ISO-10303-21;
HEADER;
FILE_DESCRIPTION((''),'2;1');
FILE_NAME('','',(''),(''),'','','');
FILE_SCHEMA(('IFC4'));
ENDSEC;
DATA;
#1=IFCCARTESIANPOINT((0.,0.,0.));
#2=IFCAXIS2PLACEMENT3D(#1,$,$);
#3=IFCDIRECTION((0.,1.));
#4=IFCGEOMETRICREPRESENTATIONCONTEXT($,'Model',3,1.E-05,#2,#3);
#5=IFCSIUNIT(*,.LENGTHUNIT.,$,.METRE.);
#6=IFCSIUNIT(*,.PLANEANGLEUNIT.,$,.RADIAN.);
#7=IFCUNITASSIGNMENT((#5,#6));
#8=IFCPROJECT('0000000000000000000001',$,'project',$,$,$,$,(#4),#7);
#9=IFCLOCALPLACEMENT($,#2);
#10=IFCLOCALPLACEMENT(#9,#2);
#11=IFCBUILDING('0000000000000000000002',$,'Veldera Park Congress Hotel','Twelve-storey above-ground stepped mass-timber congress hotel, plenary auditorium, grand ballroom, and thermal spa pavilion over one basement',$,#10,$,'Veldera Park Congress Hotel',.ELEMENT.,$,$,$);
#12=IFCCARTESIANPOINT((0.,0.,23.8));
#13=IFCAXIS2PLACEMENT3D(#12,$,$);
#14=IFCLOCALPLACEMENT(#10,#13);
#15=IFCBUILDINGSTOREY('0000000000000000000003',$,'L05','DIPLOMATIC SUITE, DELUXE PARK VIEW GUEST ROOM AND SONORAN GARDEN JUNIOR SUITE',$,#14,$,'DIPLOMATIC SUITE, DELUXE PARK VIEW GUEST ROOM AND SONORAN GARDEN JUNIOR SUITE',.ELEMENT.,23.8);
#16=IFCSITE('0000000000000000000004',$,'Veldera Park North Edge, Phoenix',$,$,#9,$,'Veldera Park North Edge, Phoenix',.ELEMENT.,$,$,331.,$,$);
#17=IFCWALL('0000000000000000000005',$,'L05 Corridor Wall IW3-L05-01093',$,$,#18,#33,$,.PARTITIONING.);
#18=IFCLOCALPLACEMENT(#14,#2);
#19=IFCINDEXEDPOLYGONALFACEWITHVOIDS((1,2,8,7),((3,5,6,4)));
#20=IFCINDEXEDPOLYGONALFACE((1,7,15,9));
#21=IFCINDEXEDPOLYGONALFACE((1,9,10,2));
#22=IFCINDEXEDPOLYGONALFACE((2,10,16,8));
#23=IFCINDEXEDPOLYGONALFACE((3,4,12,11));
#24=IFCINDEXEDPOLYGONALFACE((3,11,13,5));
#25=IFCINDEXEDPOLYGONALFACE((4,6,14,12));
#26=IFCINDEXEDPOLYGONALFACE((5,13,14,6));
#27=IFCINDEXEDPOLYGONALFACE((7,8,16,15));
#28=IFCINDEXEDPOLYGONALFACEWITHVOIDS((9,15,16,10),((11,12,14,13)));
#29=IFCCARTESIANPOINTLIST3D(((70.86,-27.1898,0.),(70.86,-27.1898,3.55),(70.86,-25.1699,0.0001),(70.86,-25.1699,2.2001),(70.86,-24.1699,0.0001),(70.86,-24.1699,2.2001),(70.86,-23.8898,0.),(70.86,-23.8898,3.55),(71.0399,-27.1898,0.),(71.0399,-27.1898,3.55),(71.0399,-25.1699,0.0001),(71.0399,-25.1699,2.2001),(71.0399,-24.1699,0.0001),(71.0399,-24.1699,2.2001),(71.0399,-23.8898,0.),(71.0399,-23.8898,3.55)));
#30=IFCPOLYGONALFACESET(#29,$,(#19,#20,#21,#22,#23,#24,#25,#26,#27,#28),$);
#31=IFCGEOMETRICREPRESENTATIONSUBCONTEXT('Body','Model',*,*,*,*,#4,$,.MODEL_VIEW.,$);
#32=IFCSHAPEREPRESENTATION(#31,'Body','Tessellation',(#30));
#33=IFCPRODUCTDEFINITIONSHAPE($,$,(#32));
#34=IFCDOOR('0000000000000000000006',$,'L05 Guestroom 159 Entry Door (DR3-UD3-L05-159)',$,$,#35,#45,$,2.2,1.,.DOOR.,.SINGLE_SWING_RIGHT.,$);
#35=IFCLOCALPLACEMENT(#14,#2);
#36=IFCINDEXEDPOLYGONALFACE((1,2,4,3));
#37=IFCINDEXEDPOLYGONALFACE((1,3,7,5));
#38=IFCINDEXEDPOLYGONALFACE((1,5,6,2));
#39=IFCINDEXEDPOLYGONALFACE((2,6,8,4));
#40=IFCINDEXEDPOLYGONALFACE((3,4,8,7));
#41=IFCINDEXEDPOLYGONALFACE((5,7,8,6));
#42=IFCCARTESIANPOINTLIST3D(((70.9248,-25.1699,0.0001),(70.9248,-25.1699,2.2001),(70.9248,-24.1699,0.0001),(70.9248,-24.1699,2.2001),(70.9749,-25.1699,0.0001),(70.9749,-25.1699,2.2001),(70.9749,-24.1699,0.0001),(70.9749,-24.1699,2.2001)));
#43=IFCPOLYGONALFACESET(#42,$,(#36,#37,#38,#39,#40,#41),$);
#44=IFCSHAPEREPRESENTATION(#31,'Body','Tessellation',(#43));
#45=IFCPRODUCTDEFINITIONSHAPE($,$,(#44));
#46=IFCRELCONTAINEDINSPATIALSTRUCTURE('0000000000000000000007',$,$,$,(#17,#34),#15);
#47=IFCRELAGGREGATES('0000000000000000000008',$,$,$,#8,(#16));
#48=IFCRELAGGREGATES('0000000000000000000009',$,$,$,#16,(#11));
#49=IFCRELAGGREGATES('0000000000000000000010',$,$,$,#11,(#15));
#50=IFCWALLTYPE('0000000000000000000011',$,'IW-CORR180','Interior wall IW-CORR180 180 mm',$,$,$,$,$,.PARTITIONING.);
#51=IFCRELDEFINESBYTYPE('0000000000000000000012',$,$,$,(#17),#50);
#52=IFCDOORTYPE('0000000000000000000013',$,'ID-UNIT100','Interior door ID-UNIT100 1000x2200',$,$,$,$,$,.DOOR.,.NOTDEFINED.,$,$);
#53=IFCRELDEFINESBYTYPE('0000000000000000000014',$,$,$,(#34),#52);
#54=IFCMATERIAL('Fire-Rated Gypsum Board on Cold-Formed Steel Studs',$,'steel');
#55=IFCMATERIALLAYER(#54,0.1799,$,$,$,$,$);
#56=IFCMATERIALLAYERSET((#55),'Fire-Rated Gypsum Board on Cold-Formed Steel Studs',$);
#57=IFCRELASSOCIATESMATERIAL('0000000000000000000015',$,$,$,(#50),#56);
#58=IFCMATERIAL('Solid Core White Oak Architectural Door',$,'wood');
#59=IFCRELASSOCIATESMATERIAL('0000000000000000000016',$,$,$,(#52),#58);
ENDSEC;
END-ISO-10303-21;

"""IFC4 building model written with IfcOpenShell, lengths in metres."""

from ifc_helpers import new_model, si_unit, direction, frame, frame_2d, origin, place, context, subcontext, project, spatial, rectangle, extrude, material, layer, layer_set, type_object, element, fill, save


model = new_model("IFC4")

# Units and contexts
model_context = context("Model", 3, precision=1e-05, world=origin(), true_north=direction((0.0, 1.0)))
body_context = subcontext(model_context, "Body", "Model", "MODEL_VIEW")
ifc_project = project(units=[si_unit("LENGTHUNIT", "METRE"), si_unit("PLANEANGLEUNIT", "RADIAN")], contexts=[model_context])

# Site, building, storey
site_placement = place(None, origin())
site = spatial("IfcSite", under=ifc_project, at=site_placement, Name="Veldera Park North Edge, Phoenix", LongName="Veldera Park North Edge, Phoenix", CompositionType="ELEMENT", RefElevation=331.0)
building_placement = place(site_placement, origin())
building = spatial("IfcBuilding", under=site, at=building_placement, Name="Veldera Park Congress Hotel", Description="Twelve-storey above-ground stepped mass-timber congress hotel, plenary auditorium, grand ballroom, and thermal spa pavilion over one basement", LongName="Veldera Park Congress Hotel", CompositionType="ELEMENT")
storey_placement = place(building_placement, frame((0.0, 0.0, 23.8)))
storey = spatial("IfcBuildingStorey", under=building, at=storey_placement, Name="L05", Description="DIPLOMATIC SUITE, DELUXE PARK VIEW GUEST ROOM AND SONORAN GARDEN JUNIOR SUITE", LongName="DIPLOMATIC SUITE, DELUXE PARK VIEW GUEST ROOM AND SONORAN GARDEN JUNIOR SUITE", CompositionType="ELEMENT", Elevation=23.8)

# Shared definitions
ifc_material_1 = material(Name="Fire-Rated Gypsum Board on Cold-Formed Steel Studs", Category="steel")
ifc_material_2 = material(Name="Solid Core White Oak Architectural Door", Category="wood")

# Wall, opening, door
ifc_layer_1 = layer(ifc_material_1, 0.1799)
ifc_layer_set_1 = layer_set([ifc_layer_1], Name="Fire-Rated Gypsum Board on Cold-Formed Steel Studs")
wall_type_1 = type_object("IfcWallType", Name="IW-CORR180", Description="Interior wall IW-CORR180 180 mm", PredefinedType="PARTITIONING", material=ifc_layer_set_1)
door_type_1 = type_object("IfcDoorType", Name="ID-UNIT100", Description="Interior door ID-UNIT100 1000x2200", OperationType="NOTDEFINED", PredefinedType="DOOR", material=ifc_material_2)
wall_1_placement = place(storey_placement, frame((70.95, -23.8899, 0.0), z_axis=(0.0, 0.0, 1.0), x_axis=(0.0, -1.0, 0.0)))
wall_1 = element("IfcWall", 1, at=wall_1_placement, inside=storey, type_object=wall_type_1, Name="L05 Corridor Wall IW3-L05-01093", PredefinedType="PARTITIONING", context=body_context, shape_type="SweptSolid", body=[
    extrude(rectangle(XDim=3.3, YDim=0.1799, at=frame_2d((1.6499, 0.0))), origin(), (0.0, 0.0, 1.0), 3.55),
])
opening_1_placement = place(wall_1_placement, frame((0.28, 0.0, 0.0)))
opening_1 = element("IfcOpeningElement", 2, at=opening_1_placement, cuts=wall_1, PredefinedType="OPENING", context=body_context, shape_type="SweptSolid", body=[
    extrude(rectangle(XDim=1.0, YDim=2.2, at=frame_2d((0.5, 1.1001))), frame((0.0, 0.1021, 0.0), z_axis=(0.0, -1.0, 0.0), x_axis=(1.0, 0.0, 0.0)), (0.0, 0.0, 1.0), 0.2039),
])
door_1_placement = place(opening_1_placement, origin())
door_1 = element("IfcDoor", 3, at=door_1_placement, inside=storey, type_object=door_type_1, Name="L05 Guestroom 159 Entry Door (DR3-UD3-L05-159)", OperationType="SINGLE_SWING_RIGHT", OverallHeight=2.2, OverallWidth=1.0, PredefinedType="DOOR", context=body_context, shape_type="SweptSolid", body=[
    extrude(rectangle(XDim=1.0, YDim=2.2, at=frame_2d((0.5, 1.1001))), frame((0.0, 0.0249, 0.0), z_axis=(0.0, -1.0, 0.0), x_axis=(1.0, 0.0, 0.0)), (0.0, 0.0, 1.0), 0.05),
])
fill(opening_1, door_1)

save(model, "model.ifc")
